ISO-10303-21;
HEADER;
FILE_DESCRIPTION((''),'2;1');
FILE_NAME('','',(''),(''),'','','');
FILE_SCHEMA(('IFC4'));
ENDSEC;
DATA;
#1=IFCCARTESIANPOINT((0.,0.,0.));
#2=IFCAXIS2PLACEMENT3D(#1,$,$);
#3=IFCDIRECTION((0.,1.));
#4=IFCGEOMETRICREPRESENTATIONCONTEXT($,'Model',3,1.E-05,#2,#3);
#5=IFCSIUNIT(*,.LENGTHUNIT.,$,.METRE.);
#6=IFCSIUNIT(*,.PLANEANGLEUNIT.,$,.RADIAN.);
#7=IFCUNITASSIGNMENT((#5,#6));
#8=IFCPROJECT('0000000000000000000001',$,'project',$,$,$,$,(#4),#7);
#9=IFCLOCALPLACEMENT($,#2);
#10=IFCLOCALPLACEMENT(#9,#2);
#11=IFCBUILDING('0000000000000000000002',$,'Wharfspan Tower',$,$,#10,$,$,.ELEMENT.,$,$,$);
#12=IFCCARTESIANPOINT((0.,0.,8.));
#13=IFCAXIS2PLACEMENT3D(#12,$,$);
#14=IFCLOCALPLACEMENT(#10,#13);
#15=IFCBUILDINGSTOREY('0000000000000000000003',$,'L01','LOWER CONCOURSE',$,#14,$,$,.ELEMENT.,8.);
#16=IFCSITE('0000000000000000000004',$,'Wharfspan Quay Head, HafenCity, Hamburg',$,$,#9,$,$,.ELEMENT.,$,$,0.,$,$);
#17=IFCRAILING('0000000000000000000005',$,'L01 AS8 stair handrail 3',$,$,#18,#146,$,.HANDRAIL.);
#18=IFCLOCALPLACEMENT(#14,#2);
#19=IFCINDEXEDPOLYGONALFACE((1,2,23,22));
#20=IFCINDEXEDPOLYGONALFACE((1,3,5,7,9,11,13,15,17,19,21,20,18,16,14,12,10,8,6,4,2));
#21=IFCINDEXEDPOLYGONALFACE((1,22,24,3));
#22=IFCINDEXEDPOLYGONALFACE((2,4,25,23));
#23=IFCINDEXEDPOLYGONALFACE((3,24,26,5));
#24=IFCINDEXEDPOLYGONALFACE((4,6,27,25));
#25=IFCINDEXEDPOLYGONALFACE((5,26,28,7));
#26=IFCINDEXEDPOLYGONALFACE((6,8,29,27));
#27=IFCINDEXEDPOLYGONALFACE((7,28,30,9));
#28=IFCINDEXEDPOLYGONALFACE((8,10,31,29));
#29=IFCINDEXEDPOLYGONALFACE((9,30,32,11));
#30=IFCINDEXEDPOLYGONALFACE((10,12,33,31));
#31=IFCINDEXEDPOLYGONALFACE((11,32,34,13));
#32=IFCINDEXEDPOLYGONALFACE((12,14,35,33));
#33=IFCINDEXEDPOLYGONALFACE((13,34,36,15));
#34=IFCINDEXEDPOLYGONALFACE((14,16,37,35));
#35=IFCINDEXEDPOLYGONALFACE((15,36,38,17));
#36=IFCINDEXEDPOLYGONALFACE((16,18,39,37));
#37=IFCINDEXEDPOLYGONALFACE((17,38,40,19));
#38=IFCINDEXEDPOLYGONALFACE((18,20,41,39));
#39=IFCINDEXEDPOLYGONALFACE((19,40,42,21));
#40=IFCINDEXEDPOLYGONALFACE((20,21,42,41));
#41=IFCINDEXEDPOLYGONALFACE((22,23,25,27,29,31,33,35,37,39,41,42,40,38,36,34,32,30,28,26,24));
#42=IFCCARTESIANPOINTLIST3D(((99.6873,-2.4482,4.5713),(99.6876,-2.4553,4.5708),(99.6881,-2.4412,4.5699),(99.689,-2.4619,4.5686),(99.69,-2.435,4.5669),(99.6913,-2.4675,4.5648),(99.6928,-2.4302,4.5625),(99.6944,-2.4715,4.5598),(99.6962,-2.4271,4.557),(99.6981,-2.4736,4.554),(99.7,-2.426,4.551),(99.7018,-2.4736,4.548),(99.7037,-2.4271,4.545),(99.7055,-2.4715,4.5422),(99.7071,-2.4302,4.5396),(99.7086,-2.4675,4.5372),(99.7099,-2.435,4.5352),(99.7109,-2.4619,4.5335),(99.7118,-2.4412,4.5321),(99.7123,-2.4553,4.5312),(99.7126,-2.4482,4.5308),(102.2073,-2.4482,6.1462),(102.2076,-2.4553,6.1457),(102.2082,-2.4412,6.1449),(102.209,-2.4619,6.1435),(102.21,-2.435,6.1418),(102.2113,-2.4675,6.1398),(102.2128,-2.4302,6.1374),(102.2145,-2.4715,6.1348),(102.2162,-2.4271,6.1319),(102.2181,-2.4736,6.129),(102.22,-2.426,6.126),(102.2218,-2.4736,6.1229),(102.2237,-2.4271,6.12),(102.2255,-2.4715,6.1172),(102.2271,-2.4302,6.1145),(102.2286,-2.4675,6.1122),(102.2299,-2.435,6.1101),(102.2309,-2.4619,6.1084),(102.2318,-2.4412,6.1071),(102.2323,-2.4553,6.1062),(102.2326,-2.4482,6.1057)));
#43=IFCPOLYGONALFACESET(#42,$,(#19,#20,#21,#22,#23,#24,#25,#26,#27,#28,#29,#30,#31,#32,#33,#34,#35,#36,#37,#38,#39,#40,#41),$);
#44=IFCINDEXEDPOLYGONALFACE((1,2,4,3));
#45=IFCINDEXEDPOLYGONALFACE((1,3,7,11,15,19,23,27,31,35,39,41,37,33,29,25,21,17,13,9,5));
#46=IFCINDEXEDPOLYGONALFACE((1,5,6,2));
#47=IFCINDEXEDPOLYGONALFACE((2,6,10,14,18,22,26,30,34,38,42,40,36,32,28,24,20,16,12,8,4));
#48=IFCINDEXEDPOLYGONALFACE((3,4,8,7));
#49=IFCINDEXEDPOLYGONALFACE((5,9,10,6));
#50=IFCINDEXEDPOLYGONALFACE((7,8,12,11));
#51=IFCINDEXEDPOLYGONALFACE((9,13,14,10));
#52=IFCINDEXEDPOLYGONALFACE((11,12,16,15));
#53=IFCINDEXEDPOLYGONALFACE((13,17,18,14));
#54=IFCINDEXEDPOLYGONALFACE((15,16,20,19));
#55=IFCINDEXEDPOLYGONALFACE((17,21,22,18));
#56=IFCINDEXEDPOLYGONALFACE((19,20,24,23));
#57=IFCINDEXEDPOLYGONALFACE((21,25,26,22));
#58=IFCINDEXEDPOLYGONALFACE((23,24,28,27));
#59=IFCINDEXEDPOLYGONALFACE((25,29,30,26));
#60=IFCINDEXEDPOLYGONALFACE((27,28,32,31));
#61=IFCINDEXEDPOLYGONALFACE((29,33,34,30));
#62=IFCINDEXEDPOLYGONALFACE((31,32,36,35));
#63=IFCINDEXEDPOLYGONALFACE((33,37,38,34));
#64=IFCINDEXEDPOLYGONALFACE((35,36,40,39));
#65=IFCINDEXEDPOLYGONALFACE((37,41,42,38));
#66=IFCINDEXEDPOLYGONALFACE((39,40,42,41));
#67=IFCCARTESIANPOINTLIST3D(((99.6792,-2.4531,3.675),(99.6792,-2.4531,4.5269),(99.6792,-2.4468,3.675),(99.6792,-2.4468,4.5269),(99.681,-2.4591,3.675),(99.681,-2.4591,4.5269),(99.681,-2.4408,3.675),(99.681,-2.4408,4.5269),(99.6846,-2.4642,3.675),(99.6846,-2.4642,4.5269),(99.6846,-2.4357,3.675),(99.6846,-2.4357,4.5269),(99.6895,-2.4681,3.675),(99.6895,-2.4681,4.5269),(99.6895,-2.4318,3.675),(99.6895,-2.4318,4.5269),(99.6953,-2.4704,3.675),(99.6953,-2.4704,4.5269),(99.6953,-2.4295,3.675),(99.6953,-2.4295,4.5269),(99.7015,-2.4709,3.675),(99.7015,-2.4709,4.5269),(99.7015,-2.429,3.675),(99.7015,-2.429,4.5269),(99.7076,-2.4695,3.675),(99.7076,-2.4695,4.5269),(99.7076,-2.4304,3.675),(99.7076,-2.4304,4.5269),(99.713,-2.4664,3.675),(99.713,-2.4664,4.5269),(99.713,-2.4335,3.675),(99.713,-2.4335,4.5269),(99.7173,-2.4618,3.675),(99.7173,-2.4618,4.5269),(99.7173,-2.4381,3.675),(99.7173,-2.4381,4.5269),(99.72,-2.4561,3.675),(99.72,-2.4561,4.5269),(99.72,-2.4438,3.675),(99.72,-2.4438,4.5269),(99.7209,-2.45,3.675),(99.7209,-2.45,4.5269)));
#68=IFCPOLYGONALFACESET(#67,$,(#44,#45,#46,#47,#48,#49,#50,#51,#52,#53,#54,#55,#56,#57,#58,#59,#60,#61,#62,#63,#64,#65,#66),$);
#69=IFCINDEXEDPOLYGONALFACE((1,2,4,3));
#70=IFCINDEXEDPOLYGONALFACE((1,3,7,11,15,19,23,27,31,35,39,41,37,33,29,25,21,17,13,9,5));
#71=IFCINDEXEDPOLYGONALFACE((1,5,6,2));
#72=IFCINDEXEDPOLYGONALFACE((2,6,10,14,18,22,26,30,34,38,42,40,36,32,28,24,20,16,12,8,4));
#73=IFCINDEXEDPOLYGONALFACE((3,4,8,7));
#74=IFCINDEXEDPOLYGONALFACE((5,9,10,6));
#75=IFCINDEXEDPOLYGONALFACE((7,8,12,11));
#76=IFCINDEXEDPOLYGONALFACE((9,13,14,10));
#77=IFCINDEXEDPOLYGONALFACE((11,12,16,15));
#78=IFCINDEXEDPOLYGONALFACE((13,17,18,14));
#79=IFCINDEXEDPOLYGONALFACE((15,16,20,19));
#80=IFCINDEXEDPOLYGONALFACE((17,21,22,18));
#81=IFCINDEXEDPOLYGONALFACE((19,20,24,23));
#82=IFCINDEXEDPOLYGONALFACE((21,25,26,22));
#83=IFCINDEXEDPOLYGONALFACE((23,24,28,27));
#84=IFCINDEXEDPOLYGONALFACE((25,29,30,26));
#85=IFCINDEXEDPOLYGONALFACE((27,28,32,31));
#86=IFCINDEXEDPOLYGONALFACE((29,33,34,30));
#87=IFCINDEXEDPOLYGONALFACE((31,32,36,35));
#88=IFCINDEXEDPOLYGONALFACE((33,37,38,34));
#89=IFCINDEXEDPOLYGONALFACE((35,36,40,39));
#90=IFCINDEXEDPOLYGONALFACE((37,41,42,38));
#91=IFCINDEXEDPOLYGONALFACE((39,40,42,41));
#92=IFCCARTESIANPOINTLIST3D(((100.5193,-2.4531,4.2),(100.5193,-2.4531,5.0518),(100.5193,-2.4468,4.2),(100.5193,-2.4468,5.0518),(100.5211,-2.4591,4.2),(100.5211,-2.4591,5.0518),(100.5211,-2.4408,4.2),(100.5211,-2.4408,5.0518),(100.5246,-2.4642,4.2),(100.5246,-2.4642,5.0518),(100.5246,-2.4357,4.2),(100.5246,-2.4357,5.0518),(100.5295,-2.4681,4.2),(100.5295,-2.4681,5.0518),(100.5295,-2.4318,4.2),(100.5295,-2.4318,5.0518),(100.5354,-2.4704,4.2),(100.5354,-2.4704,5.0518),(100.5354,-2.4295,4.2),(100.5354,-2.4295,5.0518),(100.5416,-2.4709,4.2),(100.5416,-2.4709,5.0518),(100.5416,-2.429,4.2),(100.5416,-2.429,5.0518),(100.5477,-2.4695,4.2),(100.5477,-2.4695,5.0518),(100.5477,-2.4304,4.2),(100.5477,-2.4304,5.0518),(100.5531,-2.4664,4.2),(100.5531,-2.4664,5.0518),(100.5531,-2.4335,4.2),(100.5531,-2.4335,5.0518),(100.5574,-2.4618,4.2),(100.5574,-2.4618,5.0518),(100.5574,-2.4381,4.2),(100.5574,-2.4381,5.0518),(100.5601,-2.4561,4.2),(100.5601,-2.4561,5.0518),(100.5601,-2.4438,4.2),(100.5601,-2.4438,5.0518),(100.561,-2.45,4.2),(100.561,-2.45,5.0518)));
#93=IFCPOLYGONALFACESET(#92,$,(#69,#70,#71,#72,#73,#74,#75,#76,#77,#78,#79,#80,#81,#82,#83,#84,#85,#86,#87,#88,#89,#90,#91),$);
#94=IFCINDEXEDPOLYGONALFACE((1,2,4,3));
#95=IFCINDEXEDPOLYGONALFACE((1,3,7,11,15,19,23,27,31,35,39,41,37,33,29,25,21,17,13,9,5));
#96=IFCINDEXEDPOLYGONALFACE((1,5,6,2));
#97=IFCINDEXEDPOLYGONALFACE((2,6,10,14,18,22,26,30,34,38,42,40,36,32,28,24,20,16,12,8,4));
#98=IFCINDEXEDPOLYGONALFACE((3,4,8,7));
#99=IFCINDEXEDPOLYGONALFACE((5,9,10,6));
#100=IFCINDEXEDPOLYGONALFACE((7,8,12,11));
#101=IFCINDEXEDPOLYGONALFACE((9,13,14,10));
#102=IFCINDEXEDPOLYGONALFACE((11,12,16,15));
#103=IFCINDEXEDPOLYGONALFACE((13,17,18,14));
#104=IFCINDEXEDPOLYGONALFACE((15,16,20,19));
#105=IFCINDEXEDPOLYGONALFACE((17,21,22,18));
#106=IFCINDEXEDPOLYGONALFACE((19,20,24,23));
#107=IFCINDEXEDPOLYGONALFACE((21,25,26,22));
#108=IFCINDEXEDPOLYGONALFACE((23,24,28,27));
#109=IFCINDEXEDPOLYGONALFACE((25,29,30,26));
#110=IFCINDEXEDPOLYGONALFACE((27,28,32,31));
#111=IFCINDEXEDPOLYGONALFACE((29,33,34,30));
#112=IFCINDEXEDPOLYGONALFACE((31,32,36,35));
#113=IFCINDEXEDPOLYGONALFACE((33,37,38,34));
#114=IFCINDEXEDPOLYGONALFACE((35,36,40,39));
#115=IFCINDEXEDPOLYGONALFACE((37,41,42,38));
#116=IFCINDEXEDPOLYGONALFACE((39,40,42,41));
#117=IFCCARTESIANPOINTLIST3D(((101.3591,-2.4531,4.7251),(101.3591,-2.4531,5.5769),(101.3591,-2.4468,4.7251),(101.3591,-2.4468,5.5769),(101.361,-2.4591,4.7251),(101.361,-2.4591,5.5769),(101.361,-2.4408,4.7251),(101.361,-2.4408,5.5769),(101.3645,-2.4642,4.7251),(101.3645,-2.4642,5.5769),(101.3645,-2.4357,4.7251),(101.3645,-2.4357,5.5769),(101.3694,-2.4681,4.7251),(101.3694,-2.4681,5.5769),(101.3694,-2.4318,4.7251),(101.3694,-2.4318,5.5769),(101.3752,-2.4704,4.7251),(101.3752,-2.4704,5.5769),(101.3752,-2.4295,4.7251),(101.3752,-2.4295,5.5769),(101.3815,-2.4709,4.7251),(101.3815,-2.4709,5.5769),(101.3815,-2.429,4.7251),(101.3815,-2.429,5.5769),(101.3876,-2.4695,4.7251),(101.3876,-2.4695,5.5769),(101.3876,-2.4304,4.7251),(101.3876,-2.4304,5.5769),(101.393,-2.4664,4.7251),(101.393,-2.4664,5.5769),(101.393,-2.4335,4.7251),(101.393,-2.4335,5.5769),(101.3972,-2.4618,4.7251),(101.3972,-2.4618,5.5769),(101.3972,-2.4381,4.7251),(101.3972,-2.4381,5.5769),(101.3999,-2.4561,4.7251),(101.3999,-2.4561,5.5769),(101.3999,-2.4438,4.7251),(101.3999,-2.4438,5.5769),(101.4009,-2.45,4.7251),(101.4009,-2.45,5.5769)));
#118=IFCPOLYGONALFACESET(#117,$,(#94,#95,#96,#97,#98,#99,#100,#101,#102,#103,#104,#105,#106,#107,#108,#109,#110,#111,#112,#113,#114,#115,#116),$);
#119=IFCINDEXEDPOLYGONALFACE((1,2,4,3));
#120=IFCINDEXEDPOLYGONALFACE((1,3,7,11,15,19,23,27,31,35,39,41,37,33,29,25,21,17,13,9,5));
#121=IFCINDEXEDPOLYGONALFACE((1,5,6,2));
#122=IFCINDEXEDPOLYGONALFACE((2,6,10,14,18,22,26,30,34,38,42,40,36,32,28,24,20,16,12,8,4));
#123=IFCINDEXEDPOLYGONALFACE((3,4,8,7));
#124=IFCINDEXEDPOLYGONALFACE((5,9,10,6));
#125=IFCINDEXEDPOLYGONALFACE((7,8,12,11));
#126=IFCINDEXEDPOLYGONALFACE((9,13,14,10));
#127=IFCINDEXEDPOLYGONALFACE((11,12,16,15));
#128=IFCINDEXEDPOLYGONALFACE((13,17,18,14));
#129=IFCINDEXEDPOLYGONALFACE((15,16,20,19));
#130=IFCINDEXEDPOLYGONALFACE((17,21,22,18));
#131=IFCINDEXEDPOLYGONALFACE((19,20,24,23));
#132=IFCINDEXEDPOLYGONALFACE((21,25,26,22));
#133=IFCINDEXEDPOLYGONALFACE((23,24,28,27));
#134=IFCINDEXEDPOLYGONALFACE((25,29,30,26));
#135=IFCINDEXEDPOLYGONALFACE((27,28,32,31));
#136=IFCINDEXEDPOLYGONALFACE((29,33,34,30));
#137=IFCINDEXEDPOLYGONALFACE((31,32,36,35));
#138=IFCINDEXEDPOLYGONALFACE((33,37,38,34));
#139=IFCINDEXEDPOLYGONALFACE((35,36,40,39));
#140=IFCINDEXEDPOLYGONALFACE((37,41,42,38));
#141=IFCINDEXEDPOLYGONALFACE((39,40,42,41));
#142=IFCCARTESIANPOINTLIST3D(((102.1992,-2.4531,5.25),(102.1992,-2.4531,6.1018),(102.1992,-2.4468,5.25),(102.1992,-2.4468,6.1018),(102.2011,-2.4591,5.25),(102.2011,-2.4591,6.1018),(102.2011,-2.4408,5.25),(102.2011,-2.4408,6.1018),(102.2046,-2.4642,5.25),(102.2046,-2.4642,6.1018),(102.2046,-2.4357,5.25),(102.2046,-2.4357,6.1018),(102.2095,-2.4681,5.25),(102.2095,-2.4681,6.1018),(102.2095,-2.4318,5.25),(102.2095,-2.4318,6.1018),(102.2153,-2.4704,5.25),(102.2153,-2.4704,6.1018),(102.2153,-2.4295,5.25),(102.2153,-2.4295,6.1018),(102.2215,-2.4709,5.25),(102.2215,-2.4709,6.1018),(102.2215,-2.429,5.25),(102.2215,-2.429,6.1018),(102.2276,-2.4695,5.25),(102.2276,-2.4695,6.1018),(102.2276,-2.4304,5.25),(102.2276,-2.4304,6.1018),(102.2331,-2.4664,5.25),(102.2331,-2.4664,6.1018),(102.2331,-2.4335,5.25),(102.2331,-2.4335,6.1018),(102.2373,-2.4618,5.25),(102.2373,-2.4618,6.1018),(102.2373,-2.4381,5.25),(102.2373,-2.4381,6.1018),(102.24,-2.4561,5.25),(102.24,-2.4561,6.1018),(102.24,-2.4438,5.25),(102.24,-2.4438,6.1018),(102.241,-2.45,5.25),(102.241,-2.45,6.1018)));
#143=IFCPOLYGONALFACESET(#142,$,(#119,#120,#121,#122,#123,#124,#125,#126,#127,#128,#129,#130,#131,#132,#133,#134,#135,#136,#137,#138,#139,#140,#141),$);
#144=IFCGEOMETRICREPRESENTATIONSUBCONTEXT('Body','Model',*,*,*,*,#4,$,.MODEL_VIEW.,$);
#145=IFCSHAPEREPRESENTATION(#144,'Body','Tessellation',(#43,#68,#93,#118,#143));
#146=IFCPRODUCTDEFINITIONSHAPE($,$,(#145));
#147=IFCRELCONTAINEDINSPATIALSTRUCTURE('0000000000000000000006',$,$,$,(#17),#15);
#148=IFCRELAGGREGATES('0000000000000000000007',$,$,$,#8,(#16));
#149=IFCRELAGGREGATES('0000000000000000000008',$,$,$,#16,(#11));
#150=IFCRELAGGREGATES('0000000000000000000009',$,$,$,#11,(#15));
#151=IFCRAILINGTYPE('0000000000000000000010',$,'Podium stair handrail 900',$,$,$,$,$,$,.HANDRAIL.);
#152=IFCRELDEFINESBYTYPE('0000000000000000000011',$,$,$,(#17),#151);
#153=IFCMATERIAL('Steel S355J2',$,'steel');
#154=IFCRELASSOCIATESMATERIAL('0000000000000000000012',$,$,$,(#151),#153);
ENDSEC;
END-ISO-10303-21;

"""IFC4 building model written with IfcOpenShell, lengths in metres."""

from ifc_helpers import new_model, si_unit, direction, frame, origin, origin_2d, place, context, subcontext, project, spatial, circle, extrude, material, type_object, element, save


model = new_model("IFC4")

# Units and contexts
model_context = context("Model", 3, precision=1e-05, world=origin(), true_north=direction((0.0, 1.0)))
body_context = subcontext(model_context, "Body", "Model", "MODEL_VIEW")
ifc_project = project(units=[si_unit("LENGTHUNIT", "METRE"), si_unit("PLANEANGLEUNIT", "RADIAN")], contexts=[model_context])

# Site, building, storey
site_placement = place(None, origin())
site = spatial("IfcSite", under=ifc_project, at=site_placement, Name="Wharfspan Quay Head, HafenCity, Hamburg", CompositionType="ELEMENT", RefElevation=0.0)
building_placement = place(site_placement, origin())
building = spatial("IfcBuilding", under=site, at=building_placement, Name="Wharfspan Tower", CompositionType="ELEMENT")
storey_placement = place(building_placement, frame((0.0, 0.0, 8.0)))
storey = spatial("IfcBuildingStorey", under=building, at=storey_placement, Name="L01", Description="LOWER CONCOURSE", CompositionType="ELEMENT", Elevation=8.0)

# Railing
ifc_material_1 = material(Name="Steel S355J2", Category="steel")
railing_type_1 = type_object("IfcRailingType", Name="Podium stair handrail 900", PredefinedType="HANDRAIL", material=ifc_material_1)
for number, where, name in (
    (1, (99.7, -2.45, 3.675), "L01 AS8 stair handrail 3"),
):
    element("IfcRailing", number, at=place(storey_placement, frame(where)), inside=storey, type_object=railing_type_1, Name=name, PredefinedType="HANDRAIL", context=body_context, shape_type="SweptSolid", body=[
        extrude(circle(Radius=0.0239, at=origin_2d()), frame((0.0, 0.0, 0.876), z_axis=(0.848008, 0.0, 0.529984), x_axis=(0.0, 1.0, 0.0)), (0.0, 0.0, 1.0), 2.9717),
        extrude(circle(Radius=0.021, at=origin_2d()), origin(), (0.0, 0.0, 1.0), 0.8518),
        extrude(circle(Radius=0.021, at=origin_2d()), frame((0.8401, 0.0, 0.5249)), (0.0, 0.0, 1.0), 0.8518),
        extrude(circle(Radius=0.021, at=origin_2d()), frame((1.6799, 0.0, 1.05)), (0.0, 0.0, 1.0), 0.8518),
        extrude(circle(Radius=0.021, at=origin_2d()), frame((2.52, 0.0, 1.575)), (0.0, 0.0, 1.0), 0.8518),
    ])

save(model, "model.ifc")
